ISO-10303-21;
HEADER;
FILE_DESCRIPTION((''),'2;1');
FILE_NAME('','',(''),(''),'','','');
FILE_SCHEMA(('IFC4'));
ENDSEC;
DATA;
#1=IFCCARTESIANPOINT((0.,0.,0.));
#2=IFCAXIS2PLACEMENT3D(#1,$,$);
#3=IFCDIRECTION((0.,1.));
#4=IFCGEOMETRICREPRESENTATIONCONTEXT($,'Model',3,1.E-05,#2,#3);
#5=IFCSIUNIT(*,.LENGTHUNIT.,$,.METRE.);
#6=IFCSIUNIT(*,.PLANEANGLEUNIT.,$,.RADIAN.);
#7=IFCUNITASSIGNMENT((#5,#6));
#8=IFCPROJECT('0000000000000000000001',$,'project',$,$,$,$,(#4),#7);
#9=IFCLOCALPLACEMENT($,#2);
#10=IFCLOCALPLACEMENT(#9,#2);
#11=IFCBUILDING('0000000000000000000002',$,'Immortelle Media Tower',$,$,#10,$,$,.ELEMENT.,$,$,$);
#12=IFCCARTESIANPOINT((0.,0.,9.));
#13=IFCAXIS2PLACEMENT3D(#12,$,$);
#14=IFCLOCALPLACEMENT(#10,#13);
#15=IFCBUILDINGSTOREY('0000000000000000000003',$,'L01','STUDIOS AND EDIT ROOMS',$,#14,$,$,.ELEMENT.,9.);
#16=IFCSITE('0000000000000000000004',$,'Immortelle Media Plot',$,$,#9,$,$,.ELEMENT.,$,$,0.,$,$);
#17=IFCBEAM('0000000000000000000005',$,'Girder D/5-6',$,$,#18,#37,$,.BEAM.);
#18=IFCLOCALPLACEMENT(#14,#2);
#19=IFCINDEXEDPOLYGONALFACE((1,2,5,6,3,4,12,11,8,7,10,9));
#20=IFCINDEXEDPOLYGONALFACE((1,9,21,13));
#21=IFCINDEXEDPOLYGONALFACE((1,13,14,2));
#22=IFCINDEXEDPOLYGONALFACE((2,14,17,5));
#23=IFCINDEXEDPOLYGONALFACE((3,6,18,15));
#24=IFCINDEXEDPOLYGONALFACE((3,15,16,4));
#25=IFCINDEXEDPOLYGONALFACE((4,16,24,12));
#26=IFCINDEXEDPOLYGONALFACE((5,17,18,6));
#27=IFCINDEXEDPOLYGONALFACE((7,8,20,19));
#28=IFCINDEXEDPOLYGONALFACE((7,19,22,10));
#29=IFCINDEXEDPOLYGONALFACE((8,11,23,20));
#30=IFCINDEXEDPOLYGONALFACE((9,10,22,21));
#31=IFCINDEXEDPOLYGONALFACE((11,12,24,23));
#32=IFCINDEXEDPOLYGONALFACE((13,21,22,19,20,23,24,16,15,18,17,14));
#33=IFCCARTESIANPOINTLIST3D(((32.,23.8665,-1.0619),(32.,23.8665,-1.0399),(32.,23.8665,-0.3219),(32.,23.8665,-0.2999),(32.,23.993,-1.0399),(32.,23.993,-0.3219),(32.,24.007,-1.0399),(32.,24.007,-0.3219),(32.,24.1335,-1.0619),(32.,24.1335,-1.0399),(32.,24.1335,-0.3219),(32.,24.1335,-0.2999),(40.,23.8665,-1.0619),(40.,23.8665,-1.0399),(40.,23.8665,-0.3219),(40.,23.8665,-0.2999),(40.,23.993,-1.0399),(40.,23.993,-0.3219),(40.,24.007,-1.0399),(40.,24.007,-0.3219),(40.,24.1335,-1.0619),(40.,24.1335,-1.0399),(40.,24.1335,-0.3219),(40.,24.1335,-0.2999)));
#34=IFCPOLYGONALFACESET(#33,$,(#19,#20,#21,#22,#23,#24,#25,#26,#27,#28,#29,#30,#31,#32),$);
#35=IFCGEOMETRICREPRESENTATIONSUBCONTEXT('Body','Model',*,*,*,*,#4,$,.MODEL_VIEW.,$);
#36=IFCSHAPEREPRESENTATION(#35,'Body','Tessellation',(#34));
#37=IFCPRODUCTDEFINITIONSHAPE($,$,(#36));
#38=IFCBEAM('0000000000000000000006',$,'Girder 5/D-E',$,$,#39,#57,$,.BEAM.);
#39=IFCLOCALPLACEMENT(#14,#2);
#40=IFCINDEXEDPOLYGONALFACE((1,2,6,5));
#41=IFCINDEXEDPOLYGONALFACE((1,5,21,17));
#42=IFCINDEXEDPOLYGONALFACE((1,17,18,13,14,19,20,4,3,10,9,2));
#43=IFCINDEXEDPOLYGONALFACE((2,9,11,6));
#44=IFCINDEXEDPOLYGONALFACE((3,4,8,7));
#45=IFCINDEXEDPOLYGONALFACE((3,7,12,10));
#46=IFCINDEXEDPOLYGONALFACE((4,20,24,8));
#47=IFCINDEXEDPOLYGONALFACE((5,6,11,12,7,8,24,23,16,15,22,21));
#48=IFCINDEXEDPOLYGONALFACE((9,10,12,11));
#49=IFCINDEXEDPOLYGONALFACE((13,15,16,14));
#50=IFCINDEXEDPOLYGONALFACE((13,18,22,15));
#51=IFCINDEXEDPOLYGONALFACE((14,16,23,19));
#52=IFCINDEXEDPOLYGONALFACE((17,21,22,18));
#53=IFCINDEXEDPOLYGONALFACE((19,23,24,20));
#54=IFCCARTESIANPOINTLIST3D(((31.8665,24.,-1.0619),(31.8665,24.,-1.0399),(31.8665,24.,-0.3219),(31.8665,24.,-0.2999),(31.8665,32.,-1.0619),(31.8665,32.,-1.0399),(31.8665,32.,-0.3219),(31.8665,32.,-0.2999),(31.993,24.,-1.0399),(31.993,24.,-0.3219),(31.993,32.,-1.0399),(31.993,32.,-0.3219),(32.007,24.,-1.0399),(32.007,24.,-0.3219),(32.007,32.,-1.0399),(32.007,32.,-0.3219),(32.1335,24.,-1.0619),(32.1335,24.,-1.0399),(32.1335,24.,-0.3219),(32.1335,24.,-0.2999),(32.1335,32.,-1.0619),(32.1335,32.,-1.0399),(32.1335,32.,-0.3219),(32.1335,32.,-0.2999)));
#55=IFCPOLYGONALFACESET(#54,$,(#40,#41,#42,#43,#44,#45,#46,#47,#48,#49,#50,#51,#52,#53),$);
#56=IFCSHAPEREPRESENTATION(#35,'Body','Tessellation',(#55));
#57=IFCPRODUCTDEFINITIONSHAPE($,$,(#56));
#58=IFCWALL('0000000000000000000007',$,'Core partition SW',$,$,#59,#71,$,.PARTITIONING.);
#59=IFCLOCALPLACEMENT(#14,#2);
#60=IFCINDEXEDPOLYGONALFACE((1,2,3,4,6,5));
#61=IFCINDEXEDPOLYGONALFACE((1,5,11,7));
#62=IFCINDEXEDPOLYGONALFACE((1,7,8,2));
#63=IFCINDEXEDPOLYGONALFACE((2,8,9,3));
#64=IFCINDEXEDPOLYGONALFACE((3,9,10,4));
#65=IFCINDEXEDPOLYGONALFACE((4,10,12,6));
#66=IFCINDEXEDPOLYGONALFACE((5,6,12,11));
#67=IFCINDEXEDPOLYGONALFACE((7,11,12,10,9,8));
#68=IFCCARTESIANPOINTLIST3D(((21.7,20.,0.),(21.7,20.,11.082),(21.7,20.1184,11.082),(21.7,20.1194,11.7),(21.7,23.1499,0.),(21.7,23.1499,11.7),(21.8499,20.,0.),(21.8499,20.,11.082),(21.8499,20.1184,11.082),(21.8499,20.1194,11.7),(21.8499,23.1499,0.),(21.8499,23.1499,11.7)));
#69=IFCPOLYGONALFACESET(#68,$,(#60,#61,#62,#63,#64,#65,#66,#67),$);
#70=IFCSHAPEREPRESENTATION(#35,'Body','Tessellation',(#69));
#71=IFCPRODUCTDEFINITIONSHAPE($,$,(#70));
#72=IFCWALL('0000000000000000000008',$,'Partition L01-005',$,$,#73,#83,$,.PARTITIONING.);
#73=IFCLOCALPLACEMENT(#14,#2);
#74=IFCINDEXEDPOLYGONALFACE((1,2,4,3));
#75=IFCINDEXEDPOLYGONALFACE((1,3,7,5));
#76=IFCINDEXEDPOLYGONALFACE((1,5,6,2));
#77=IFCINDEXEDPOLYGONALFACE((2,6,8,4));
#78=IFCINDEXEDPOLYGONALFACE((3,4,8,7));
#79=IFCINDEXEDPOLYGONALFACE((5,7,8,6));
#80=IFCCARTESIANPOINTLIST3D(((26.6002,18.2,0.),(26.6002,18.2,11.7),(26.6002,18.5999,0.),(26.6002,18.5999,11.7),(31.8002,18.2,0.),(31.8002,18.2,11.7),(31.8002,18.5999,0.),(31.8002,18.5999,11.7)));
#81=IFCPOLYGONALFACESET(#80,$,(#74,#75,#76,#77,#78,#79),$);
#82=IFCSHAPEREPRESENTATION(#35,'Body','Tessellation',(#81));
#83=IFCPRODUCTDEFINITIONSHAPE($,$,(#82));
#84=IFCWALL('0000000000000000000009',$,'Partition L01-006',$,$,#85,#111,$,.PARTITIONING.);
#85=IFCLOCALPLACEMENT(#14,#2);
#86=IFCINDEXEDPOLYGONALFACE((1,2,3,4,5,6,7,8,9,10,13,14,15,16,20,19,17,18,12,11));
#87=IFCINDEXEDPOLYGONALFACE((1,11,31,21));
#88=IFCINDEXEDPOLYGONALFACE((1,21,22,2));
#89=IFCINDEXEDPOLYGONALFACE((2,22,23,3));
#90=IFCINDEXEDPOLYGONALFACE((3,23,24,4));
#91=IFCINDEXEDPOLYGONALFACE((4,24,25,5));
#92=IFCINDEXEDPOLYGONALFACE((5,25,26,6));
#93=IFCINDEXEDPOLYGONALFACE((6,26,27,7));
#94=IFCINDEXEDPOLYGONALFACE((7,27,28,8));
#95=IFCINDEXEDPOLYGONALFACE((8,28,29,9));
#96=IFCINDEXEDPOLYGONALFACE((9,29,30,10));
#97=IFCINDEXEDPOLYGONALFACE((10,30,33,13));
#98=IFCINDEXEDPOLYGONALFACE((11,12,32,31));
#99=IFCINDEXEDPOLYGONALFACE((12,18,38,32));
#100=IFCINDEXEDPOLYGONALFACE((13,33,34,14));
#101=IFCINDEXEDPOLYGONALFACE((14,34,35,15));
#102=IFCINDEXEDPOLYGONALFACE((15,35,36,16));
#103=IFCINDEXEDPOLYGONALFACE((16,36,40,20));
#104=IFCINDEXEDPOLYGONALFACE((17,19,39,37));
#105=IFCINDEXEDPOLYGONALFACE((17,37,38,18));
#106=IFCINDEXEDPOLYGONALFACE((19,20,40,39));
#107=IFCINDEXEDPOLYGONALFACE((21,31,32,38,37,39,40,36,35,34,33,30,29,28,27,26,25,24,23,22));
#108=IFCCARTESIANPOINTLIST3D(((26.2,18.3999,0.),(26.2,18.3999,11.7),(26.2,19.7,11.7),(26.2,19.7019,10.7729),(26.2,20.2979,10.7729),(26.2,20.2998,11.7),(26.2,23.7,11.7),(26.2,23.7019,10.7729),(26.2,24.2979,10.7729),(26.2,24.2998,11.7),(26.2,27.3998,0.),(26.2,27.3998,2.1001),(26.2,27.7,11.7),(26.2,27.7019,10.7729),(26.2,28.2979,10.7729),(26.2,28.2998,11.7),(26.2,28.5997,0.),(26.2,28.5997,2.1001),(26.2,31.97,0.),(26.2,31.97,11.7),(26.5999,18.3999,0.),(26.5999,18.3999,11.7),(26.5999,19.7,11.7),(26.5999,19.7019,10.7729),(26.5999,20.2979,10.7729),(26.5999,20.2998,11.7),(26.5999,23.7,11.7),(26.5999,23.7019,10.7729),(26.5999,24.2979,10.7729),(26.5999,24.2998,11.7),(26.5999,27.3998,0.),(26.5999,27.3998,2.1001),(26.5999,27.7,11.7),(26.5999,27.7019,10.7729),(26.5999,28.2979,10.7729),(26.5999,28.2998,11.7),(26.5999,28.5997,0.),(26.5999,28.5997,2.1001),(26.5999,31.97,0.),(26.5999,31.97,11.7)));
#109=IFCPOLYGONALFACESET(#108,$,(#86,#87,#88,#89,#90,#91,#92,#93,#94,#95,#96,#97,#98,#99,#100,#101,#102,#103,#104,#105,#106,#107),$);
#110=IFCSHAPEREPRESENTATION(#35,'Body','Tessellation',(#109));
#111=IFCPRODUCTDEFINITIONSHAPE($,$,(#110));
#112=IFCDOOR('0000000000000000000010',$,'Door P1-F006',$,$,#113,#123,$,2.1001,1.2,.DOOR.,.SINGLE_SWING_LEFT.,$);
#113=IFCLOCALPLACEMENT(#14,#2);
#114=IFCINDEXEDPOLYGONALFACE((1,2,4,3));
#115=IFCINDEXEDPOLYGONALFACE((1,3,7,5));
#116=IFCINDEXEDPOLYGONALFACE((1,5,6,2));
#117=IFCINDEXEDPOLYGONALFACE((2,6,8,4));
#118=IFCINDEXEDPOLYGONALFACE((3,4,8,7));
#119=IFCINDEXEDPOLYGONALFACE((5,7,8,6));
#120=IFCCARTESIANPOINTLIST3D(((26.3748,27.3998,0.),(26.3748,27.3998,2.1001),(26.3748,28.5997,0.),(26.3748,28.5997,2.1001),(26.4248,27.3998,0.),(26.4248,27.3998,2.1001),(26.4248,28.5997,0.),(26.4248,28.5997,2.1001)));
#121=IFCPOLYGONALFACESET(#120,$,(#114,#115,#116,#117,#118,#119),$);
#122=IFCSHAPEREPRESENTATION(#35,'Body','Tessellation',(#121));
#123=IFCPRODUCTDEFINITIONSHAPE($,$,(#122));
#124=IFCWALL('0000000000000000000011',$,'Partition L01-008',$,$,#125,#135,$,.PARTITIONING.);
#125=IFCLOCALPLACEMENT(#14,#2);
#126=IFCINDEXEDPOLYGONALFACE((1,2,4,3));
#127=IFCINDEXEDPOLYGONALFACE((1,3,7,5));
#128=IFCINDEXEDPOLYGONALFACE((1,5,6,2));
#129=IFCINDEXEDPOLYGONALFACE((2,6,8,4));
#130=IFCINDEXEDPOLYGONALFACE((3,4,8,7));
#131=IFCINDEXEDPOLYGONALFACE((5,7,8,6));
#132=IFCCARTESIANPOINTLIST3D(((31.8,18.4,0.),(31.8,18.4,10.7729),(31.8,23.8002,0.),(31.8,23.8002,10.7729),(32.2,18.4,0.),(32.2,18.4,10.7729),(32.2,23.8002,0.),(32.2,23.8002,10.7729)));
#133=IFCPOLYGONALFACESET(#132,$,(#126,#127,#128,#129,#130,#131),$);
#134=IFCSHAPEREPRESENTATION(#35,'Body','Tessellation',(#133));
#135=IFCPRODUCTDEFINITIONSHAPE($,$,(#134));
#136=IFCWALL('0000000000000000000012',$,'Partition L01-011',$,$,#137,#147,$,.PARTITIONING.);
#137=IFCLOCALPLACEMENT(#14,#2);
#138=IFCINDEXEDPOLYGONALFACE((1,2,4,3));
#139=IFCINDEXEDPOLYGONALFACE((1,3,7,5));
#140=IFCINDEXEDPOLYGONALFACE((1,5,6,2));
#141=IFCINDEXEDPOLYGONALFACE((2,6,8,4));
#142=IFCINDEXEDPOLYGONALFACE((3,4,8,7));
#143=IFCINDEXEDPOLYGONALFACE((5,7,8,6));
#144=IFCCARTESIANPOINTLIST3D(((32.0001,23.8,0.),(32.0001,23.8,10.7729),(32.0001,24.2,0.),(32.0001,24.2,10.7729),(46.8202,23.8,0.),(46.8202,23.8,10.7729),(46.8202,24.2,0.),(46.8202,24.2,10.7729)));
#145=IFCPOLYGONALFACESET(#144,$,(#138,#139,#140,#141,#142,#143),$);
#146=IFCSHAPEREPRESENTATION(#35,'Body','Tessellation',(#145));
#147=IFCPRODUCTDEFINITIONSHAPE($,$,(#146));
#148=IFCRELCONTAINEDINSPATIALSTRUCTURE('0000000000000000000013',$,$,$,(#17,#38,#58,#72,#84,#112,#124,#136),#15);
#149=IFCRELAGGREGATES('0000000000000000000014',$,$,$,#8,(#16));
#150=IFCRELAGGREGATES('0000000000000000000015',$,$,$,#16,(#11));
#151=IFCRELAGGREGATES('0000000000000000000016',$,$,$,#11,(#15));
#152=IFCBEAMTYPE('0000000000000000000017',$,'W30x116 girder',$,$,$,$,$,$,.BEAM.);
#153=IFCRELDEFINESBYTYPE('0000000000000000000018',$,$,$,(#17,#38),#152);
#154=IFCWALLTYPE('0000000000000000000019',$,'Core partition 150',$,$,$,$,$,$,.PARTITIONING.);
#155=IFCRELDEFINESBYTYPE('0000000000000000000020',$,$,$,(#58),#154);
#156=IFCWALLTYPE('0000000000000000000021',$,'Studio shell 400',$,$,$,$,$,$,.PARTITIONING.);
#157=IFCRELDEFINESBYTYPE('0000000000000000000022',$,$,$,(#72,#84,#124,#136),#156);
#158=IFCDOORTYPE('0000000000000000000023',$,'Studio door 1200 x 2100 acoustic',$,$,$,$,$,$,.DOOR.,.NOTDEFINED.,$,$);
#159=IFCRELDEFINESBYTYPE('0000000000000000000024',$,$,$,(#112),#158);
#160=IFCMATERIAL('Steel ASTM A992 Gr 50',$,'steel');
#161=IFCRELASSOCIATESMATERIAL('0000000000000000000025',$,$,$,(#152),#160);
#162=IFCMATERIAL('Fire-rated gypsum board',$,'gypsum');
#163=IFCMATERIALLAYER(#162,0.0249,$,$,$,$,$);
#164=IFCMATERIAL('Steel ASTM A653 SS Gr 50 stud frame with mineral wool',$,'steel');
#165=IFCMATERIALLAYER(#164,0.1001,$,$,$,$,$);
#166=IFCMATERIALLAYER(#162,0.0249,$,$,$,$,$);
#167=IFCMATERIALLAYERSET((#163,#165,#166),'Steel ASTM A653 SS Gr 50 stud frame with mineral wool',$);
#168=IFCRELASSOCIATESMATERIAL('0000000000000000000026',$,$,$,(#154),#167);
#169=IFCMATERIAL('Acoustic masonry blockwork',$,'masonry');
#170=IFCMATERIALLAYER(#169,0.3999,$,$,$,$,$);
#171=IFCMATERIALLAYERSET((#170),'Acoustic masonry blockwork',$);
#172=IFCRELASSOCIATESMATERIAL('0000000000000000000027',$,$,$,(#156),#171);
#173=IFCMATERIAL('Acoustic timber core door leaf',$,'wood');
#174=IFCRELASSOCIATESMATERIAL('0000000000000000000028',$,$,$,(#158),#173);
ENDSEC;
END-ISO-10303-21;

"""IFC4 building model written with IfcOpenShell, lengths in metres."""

from ifc_helpers import new_model, si_unit, direction, frame, frame_2d, origin, origin_2d, place, context, subcontext, project, spatial, polyline, rectangle, i_section, outline, extrude, material, layer, layer_set, material_profile, profile_set, type_object, element, fill, save


model = new_model("IFC4")

# Units and contexts
model_context = context("Model", 3, precision=1e-05, world=origin(), true_north=direction((0.0, 1.0)))
body_context = subcontext(model_context, "Body", "Model", "MODEL_VIEW")
ifc_project = project(units=[si_unit("LENGTHUNIT", "METRE"), si_unit("PLANEANGLEUNIT", "RADIAN")], contexts=[model_context])

# Site, building, storey
site_placement = place(None, origin())
site = spatial("IfcSite", under=ifc_project, at=site_placement, Name="Immortelle Media Plot", CompositionType="ELEMENT", RefElevation=0.0)
building_placement = place(site_placement, origin())
building = spatial("IfcBuilding", under=site, at=building_placement, Name="Immortelle Media Tower", CompositionType="ELEMENT")
storey_placement = place(building_placement, frame((0.0, 0.0, 9.0)))
storey = spatial("IfcBuildingStorey", under=building, at=storey_placement, Name="L01", Description="STUDIOS AND EDIT ROOMS", CompositionType="ELEMENT", Elevation=9.0)

# Shared definitions
ifc_material_1 = material(Name="Steel ASTM A992 Gr 50", Category="steel")

# Beams
ifc_material_profile_1 = material_profile(ifc_material_1, i_section(OverallWidth=0.2671, OverallDepth=0.762, WebThickness=0.0139, FlangeThickness=0.022, at=origin_2d()), Name="W30x116")
ifc_profile_set_1 = profile_set([ifc_material_profile_1], Name="Steel ASTM A992 Gr 50")
beam_type_1 = type_object("IfcBeamType", Name="W30x116 girder", PredefinedType="BEAM", material=ifc_profile_set_1)
for number, where, z_axis, x_axis, name in (
    (1, (32.0, 24.0, -0.6809), (1.0, 0.0, 0.0), (0.0, 1.0, 0.0), "Girder D/5-6"),
    (2, (32.0, 24.0, -0.6809), (0.0, 1.0, 0.0), (-1.0, 0.0, 0.0), "Girder 5/D-E"),
):
    element("IfcBeam", number, at=place(storey_placement, frame(where, z_axis=z_axis, x_axis=x_axis)), inside=storey, type_object=beam_type_1, Name=name, PredefinedType="BEAM", context=body_context, shape_type="SweptSolid", body=[
        extrude(i_section(OverallWidth=0.2671, OverallDepth=0.762, WebThickness=0.0139, FlangeThickness=0.022, at=origin_2d()), origin(), (0.0, 0.0, 1.0), 8.0),
    ])

# Walls
ifc_material_2 = material(Name="Fire-rated gypsum board", Category="gypsum")
ifc_layer_1 = layer(ifc_material_2, 0.0249)
ifc_material_3 = material(Name="Steel ASTM A653 SS Gr 50 stud frame with mineral wool", Category="steel")
ifc_layer_2 = layer(ifc_material_3, 0.1001)
ifc_layer_3 = layer(ifc_material_2, 0.0249)
ifc_layer_set_1 = layer_set([ifc_layer_1, ifc_layer_2, ifc_layer_3], Name="Steel ASTM A653 SS Gr 50 stud frame with mineral wool")
wall_type_1 = type_object("IfcWallType", Name="Core partition 150", PredefinedType="PARTITIONING", material=ifc_layer_set_1)
wall_1_placement = place(storey_placement, frame((21.7749, 20.0, 0.0), z_axis=(0.0, 0.0, 1.0), x_axis=(0.0, 1.0, 0.0)))
element("IfcWall", 3, at=wall_1_placement, inside=storey, type_object=wall_type_1, Name="Core partition SW", PredefinedType="PARTITIONING", context=body_context, shape_type="SweptSolid", body=[
    extrude(outline(polyline([(0.0, 0.0), (3.1499, 0.0), (3.1499, 11.7), (0.1194, 11.7), (0.1184, 11.082), (0.0, 11.082), (0.0, 0.0)])), frame((0.0, 0.075, 0.0), z_axis=(0.0, -1.0, 0.0), x_axis=(1.0, 0.0, 0.0)), (0.0, 0.0, 1.0), 0.1499),
])
ifc_material_4 = material(Name="Acoustic masonry blockwork", Category="masonry")
ifc_layer_4 = layer(ifc_material_4, 0.3999)
ifc_layer_set_2 = layer_set([ifc_layer_4], Name="Acoustic masonry blockwork")
wall_type_2 = type_object("IfcWallType", Name="Studio shell 400", PredefinedType="PARTITIONING", material=ifc_layer_set_2)
wall_2_placement = place(storey_placement, frame((26.6001, 18.3999, 0.0), z_axis=(0.0, 0.0, 1.0), x_axis=(1.0, 0.0, 0.0)))
element("IfcWall", 4, at=wall_2_placement, inside=storey, type_object=wall_type_2, Name="Partition L01-005", PredefinedType="PARTITIONING", context=body_context, shape_type="SweptSolid", body=[
    extrude(rectangle(XDim=5.2, YDim=0.3999, at=frame_2d((2.6001, 0.0))), origin(), (0.0, 0.0, 1.0), 11.7),
])

# Wall, opening, door
wall_3_placement = place(storey_placement, frame((26.3999, 18.3999, 0.0), z_axis=(0.0, 0.0, 1.0), x_axis=(0.0, 1.0, 0.0)))
wall_3 = element("IfcWall", 5, at=wall_3_placement, inside=storey, type_object=wall_type_2, Name="Partition L01-006", PredefinedType="PARTITIONING", context=body_context, shape_type="SweptSolid", body=[
    extrude(outline(polyline([(0.0, 0.0), (13.5701, 0.0), (13.5701, 11.7), (9.8999, 11.7), (9.8979, 10.7729), (9.302, 10.7729), (9.3, 11.7), (5.8999, 11.7), (5.8979, 10.7729), (5.302, 10.7729), (5.3, 11.7), (1.8999, 11.7), (1.8979, 10.7729), (1.302, 10.7729), (1.3, 11.7), (0.0, 11.7), (0.0, 0.0)])), frame((0.0, 0.2, 0.0), z_axis=(0.0, -1.0, 0.0), x_axis=(1.0, 0.0, 0.0)), (0.0, 0.0, 1.0), 0.3999),
])
opening_placement = place(wall_3_placement, frame((10.2, 0.0, 0.0), z_axis=(0.0, 0.0, 1.0), x_axis=(-1.0, 0.0, 0.0)))
opening = element("IfcOpeningElement", 6, at=opening_placement, cuts=wall_3, PredefinedType="OPENING", context=body_context, shape_type="SweptSolid", body=[
    extrude(rectangle(XDim=1.2, YDim=2.1001, at=frame_2d((0.6001, 1.05))), frame((0.0, 0.21, 0.0), z_axis=(0.0, -1.0, 0.0), x_axis=(1.0, 0.0, 0.0)), (0.0, 0.0, 1.0), 0.4199),
])
ifc_material_5 = material(Name="Acoustic timber core door leaf", Category="wood")
door_type = type_object("IfcDoorType", Name="Studio door 1200 x 2100 acoustic", OperationType="NOTDEFINED", PredefinedType="DOOR", material=ifc_material_5)
door_placement = place(opening_placement, origin())
door = element("IfcDoor", 7, at=door_placement, inside=storey, type_object=door_type, Name="Door P1-F006", OperationType="SINGLE_SWING_LEFT", OverallHeight=2.1001, OverallWidth=1.2, PredefinedType="DOOR", context=body_context, shape_type="SweptSolid", body=[
    extrude(rectangle(XDim=1.2, YDim=2.1001, at=frame_2d((0.6001, 1.05))), frame((0.0, 0.0249, 0.0), z_axis=(0.0, -1.0, 0.0), x_axis=(1.0, 0.0, 0.0)), (0.0, 0.0, 1.0), 0.05),
])
fill(opening, door)

# Walls
wall_4_placement = place(storey_placement, frame((32.0, 18.3999, 0.0), z_axis=(0.0, 0.0, 1.0), x_axis=(0.0, 1.0, 0.0)))
element("IfcWall", 8, at=wall_4_placement, inside=storey, type_object=wall_type_2, Name="Partition L01-008", PredefinedType="PARTITIONING", context=body_context, shape_type="SweptSolid", body=[
    extrude(rectangle(XDim=5.4001, YDim=0.3999, at=frame_2d((2.7002, 0.0))), origin(), (0.0, 0.0, 1.0), 10.7729),
])
wall_5_placement = place(storey_placement, frame((32.0, 24.0, 0.0), z_axis=(0.0, 0.0, 1.0), x_axis=(1.0, 0.0, 0.0)))
element("IfcWall", 9, at=wall_5_placement, inside=storey, type_object=wall_type_2, Name="Partition L01-011", PredefinedType="PARTITIONING", context=body_context, shape_type="SweptSolid", body=[
    extrude(rectangle(XDim=14.8201, YDim=0.3999, at=frame_2d((7.4102, 0.0))), origin(), (0.0, 0.0, 1.0), 10.7729),
])

save(model, "model.ifc")
